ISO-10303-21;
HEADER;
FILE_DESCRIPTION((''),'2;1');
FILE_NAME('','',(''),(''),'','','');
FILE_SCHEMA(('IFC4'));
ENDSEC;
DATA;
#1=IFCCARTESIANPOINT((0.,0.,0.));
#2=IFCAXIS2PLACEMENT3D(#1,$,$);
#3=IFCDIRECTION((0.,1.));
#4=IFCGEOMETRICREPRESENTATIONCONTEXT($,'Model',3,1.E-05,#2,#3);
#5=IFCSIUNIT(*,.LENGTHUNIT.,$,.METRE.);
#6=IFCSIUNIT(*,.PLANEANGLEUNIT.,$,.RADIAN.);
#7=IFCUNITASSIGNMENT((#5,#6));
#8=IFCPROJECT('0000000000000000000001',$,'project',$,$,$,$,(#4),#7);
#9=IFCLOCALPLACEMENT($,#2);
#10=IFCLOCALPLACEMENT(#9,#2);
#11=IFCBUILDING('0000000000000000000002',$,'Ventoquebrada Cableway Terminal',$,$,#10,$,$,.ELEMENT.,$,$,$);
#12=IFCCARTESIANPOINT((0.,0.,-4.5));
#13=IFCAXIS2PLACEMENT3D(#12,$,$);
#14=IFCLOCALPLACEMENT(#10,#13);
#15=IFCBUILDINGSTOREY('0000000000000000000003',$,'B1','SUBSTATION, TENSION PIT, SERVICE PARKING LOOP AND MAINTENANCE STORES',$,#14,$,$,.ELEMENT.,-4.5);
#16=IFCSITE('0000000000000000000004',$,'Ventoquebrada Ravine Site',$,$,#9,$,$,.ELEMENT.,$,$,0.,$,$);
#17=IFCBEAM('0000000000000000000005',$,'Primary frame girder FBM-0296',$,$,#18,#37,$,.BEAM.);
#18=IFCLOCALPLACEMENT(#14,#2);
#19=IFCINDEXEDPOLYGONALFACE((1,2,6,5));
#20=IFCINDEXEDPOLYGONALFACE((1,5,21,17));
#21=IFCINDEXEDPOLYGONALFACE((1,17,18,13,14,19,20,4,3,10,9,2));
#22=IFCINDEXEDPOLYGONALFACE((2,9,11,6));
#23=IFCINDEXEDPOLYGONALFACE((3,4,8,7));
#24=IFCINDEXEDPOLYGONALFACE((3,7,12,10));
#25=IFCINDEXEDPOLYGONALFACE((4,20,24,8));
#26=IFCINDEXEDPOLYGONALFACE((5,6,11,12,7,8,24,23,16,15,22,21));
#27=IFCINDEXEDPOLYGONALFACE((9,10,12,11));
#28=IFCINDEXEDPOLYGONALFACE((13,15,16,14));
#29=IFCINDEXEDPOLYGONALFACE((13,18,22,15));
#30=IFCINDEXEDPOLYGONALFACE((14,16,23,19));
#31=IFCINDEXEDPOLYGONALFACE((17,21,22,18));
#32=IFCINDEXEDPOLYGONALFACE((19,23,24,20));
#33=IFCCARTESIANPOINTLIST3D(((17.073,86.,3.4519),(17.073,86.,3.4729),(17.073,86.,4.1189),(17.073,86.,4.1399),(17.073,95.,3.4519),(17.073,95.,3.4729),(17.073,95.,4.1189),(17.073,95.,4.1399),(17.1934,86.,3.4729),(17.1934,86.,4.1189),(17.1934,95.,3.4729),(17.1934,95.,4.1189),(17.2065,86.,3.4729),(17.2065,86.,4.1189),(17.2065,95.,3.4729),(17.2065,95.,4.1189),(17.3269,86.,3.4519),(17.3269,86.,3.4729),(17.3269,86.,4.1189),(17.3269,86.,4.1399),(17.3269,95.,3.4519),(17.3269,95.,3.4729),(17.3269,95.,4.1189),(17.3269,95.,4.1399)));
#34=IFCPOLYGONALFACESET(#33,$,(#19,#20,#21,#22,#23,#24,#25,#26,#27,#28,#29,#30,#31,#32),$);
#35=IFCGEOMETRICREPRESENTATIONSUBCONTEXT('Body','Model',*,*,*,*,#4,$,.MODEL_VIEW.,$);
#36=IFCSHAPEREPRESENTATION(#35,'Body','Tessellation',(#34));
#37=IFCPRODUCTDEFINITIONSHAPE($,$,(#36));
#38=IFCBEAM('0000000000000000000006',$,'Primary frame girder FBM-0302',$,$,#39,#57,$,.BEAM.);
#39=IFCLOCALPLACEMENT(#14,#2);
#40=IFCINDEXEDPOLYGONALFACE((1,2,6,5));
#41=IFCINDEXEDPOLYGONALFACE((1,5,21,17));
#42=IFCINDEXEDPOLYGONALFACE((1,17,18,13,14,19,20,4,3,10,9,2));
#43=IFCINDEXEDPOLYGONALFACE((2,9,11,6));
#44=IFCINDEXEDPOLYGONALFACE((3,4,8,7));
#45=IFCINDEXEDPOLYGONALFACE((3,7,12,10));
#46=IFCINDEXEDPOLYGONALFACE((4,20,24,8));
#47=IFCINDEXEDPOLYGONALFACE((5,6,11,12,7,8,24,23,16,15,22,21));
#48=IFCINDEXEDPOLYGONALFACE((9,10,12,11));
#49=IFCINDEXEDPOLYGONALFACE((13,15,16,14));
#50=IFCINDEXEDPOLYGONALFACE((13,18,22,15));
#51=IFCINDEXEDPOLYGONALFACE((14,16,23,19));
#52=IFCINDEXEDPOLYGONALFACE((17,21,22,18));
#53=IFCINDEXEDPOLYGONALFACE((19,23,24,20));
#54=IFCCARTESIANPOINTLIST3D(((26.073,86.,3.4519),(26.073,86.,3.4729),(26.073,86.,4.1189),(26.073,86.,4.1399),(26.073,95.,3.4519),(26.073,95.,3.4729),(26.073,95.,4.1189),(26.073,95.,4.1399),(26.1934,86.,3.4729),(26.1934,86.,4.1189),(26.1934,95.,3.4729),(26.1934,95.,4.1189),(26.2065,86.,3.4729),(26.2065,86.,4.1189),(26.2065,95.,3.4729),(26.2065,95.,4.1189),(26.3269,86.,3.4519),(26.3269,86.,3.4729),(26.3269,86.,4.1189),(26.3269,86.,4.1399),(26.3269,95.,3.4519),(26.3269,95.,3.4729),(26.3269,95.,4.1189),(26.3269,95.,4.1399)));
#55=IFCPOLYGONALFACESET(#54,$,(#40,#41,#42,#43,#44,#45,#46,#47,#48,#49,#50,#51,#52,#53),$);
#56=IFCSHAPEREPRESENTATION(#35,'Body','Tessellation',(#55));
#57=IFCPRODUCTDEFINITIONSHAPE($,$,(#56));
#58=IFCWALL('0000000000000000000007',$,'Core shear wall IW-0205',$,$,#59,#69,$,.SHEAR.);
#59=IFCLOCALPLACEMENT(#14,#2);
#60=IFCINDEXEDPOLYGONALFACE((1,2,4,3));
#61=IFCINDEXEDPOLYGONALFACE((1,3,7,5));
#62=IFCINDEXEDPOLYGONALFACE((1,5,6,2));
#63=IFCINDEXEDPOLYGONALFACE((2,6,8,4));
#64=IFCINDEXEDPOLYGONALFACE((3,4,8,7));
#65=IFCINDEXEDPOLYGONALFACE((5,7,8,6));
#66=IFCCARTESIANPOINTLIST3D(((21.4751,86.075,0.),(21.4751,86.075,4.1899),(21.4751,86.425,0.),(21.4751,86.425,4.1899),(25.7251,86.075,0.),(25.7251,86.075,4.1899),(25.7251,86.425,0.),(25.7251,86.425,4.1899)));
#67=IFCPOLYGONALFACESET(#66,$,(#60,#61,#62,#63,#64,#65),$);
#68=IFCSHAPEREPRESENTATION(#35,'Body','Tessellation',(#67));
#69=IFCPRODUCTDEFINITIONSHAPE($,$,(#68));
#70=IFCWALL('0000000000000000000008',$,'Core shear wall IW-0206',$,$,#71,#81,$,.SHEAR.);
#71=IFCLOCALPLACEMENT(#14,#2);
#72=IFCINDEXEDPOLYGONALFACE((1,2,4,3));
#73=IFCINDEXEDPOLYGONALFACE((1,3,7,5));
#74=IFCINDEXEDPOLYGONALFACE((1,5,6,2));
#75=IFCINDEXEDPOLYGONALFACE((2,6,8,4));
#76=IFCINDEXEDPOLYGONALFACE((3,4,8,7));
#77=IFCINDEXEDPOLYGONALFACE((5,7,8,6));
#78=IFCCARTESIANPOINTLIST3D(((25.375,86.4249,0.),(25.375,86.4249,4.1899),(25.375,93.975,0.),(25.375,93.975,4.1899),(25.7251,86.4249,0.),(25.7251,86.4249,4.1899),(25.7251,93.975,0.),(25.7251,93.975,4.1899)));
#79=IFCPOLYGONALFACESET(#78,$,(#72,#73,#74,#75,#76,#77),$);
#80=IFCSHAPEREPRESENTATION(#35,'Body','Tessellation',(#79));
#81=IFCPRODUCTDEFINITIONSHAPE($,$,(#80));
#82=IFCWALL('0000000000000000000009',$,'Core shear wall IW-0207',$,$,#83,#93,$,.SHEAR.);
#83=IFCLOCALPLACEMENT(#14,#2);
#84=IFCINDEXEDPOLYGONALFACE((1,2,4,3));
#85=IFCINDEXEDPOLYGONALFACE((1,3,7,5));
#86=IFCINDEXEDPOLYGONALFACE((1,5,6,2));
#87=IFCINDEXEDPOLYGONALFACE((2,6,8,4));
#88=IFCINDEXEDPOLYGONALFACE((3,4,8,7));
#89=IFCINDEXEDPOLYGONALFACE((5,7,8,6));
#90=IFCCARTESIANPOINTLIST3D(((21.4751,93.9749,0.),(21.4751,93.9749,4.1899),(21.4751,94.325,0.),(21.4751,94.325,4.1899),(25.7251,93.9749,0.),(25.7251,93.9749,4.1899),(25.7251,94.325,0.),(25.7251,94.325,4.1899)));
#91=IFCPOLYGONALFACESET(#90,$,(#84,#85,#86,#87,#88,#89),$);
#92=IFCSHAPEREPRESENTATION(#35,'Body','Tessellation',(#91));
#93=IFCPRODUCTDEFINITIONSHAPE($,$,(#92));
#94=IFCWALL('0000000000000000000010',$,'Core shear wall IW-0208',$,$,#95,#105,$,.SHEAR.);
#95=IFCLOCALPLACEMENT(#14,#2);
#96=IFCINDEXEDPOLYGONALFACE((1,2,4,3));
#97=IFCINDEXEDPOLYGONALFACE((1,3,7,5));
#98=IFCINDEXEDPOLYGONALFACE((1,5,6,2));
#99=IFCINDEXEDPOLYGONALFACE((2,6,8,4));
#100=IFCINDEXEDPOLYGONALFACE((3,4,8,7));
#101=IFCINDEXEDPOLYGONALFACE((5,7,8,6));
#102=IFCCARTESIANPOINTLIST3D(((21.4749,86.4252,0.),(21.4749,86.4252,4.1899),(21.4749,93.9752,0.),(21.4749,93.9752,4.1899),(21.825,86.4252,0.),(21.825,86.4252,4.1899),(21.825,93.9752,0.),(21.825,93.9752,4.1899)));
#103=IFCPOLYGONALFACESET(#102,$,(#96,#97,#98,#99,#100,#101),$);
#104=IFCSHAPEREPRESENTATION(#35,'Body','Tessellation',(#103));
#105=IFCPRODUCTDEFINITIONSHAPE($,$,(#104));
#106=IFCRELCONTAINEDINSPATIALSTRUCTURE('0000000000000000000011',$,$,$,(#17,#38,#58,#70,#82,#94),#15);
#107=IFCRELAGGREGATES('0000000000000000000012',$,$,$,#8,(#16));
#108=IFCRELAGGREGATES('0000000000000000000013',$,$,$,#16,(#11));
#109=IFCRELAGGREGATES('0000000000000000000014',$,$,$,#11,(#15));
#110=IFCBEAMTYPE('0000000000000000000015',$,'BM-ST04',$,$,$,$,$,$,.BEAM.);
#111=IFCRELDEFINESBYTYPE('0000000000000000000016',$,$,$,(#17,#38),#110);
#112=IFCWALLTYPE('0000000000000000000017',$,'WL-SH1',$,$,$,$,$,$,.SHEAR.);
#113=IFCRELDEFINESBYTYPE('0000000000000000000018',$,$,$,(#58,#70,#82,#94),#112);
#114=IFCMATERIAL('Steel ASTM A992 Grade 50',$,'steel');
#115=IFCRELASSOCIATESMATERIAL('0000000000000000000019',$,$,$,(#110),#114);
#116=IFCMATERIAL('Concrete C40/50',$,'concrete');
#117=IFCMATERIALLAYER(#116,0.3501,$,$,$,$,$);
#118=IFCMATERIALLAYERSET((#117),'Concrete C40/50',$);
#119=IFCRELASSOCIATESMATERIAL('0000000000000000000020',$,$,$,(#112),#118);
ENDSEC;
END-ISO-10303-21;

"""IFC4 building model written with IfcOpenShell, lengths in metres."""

from ifc_helpers import new_model, si_unit, direction, frame, frame_2d, origin, origin_2d, place, context, subcontext, project, spatial, rectangle, i_section, extrude, material, layer, layer_set, material_profile, profile_set, type_object, element, save


model = new_model("IFC4")

# Units and contexts
model_context = context("Model", 3, precision=1e-05, world=origin(), true_north=direction((0.0, 1.0)))
body_context = subcontext(model_context, "Body", "Model", "MODEL_VIEW")
ifc_project = project(units=[si_unit("LENGTHUNIT", "METRE"), si_unit("PLANEANGLEUNIT", "RADIAN")], contexts=[model_context])

# Site, building, storey
site_placement = place(None, origin())
site = spatial("IfcSite", under=ifc_project, at=site_placement, Name="Ventoquebrada Ravine Site", CompositionType="ELEMENT", RefElevation=0.0)
building_placement = place(site_placement, origin())
building = spatial("IfcBuilding", under=site, at=building_placement, Name="Ventoquebrada Cableway Terminal", CompositionType="ELEMENT")
storey_placement = place(building_placement, frame((0.0, 0.0, -4.5)))
storey = spatial("IfcBuildingStorey", under=building, at=storey_placement, Name="B1", Description="SUBSTATION, TENSION PIT, SERVICE PARKING LOOP AND MAINTENANCE STORES", CompositionType="ELEMENT", Elevation=-4.5)

# Shared definitions
ifc_material_1 = material(Name="Concrete C40/50", Category="concrete")

# Beams
ifc_material_2 = material(Name="Steel ASTM A992 Grade 50", Category="steel")
ifc_material_profile_1 = material_profile(ifc_material_2, i_section(OverallWidth=0.2539, OverallDepth=0.688, WebThickness=0.0132, FlangeThickness=0.021, at=origin_2d()), Name="W27X102")
ifc_profile_set_1 = profile_set([ifc_material_profile_1], Name="Steel ASTM A992 Grade 50")
beam_type = type_object("IfcBeamType", Name="BM-ST04", PredefinedType="BEAM", material=ifc_profile_set_1)
for number, where, z_axis, x_axis, name in (
    (1, (17.2, 86.0, 3.7959), (0.0, 1.0, 0.0), (-1.0, 0.0, 0.0), "Primary frame girder FBM-0296"),
    (2, (26.2, 86.0, 3.7959), (0.0, 1.0, 0.0), (-1.0, 0.0, 0.0), "Primary frame girder FBM-0302"),
):
    element("IfcBeam", number, at=place(storey_placement, frame(where, z_axis=z_axis, x_axis=x_axis)), inside=storey, type_object=beam_type, Name=name, PredefinedType="BEAM", context=body_context, shape_type="SweptSolid", body=[
        extrude(i_section(OverallWidth=0.2539, OverallDepth=0.688, WebThickness=0.0132, FlangeThickness=0.021, at=origin_2d()), origin(), (0.0, 0.0, 1.0), 9.0),
    ])

# Walls
ifc_layer = layer(ifc_material_1, 0.3501)
ifc_layer_set = layer_set([ifc_layer], Name="Concrete C40/50")
wall_type = type_object("IfcWallType", Name="WL-SH1", PredefinedType="SHEAR", material=ifc_layer_set)
wall_1_placement = place(storey_placement, frame((21.4751, 86.25, 0.0), z_axis=(0.0, 0.0, 1.0), x_axis=(1.0, 0.0, 0.0)))
element("IfcWall", 3, at=wall_1_placement, inside=storey, type_object=wall_type, Name="Core shear wall IW-0205", PredefinedType="SHEAR", context=body_context, shape_type="SweptSolid", body=[
    extrude(rectangle(XDim=4.25, YDim=0.3501, at=frame_2d((2.125, 0.0))), origin(), (0.0, 0.0, 1.0), 4.1899),
])
wall_2_placement = place(storey_placement, frame((25.55, 86.425, 0.0), z_axis=(0.0, 0.0, 1.0), x_axis=(0.0, 1.0, 0.0)))
element("IfcWall", 4, at=wall_2_placement, inside=storey, type_object=wall_type, Name="Core shear wall IW-0206", PredefinedType="SHEAR", context=body_context, shape_type="SweptSolid", body=[
    extrude(rectangle(XDim=7.55, YDim=0.3501, at=frame_2d((3.7749, 0.0))), origin(), (0.0, 0.0, 1.0), 4.1899),
])
wall_3_placement = place(storey_placement, frame((25.7251, 94.1499, 0.0), z_axis=(0.0, 0.0, 1.0), x_axis=(-1.0, 0.0, 0.0)))
element("IfcWall", 5, at=wall_3_placement, inside=storey, type_object=wall_type, Name="Core shear wall IW-0207", PredefinedType="SHEAR", context=body_context, shape_type="SweptSolid", body=[
    extrude(rectangle(XDim=4.25, YDim=0.3501, at=frame_2d((2.125, 0.0))), origin(), (0.0, 0.0, 1.0), 4.1899),
])
wall_4_placement = place(storey_placement, frame((21.6499, 93.9751, 0.0), z_axis=(0.0, 0.0, 1.0), x_axis=(0.0, -1.0, 0.0)))
element("IfcWall", 6, at=wall_4_placement, inside=storey, type_object=wall_type, Name="Core shear wall IW-0208", PredefinedType="SHEAR", context=body_context, shape_type="SweptSolid", body=[
    extrude(rectangle(XDim=7.55, YDim=0.3501, at=frame_2d((3.7749, 0.0))), origin(), (0.0, 0.0, 1.0), 4.1899),
])

save(model, "model.ifc")
